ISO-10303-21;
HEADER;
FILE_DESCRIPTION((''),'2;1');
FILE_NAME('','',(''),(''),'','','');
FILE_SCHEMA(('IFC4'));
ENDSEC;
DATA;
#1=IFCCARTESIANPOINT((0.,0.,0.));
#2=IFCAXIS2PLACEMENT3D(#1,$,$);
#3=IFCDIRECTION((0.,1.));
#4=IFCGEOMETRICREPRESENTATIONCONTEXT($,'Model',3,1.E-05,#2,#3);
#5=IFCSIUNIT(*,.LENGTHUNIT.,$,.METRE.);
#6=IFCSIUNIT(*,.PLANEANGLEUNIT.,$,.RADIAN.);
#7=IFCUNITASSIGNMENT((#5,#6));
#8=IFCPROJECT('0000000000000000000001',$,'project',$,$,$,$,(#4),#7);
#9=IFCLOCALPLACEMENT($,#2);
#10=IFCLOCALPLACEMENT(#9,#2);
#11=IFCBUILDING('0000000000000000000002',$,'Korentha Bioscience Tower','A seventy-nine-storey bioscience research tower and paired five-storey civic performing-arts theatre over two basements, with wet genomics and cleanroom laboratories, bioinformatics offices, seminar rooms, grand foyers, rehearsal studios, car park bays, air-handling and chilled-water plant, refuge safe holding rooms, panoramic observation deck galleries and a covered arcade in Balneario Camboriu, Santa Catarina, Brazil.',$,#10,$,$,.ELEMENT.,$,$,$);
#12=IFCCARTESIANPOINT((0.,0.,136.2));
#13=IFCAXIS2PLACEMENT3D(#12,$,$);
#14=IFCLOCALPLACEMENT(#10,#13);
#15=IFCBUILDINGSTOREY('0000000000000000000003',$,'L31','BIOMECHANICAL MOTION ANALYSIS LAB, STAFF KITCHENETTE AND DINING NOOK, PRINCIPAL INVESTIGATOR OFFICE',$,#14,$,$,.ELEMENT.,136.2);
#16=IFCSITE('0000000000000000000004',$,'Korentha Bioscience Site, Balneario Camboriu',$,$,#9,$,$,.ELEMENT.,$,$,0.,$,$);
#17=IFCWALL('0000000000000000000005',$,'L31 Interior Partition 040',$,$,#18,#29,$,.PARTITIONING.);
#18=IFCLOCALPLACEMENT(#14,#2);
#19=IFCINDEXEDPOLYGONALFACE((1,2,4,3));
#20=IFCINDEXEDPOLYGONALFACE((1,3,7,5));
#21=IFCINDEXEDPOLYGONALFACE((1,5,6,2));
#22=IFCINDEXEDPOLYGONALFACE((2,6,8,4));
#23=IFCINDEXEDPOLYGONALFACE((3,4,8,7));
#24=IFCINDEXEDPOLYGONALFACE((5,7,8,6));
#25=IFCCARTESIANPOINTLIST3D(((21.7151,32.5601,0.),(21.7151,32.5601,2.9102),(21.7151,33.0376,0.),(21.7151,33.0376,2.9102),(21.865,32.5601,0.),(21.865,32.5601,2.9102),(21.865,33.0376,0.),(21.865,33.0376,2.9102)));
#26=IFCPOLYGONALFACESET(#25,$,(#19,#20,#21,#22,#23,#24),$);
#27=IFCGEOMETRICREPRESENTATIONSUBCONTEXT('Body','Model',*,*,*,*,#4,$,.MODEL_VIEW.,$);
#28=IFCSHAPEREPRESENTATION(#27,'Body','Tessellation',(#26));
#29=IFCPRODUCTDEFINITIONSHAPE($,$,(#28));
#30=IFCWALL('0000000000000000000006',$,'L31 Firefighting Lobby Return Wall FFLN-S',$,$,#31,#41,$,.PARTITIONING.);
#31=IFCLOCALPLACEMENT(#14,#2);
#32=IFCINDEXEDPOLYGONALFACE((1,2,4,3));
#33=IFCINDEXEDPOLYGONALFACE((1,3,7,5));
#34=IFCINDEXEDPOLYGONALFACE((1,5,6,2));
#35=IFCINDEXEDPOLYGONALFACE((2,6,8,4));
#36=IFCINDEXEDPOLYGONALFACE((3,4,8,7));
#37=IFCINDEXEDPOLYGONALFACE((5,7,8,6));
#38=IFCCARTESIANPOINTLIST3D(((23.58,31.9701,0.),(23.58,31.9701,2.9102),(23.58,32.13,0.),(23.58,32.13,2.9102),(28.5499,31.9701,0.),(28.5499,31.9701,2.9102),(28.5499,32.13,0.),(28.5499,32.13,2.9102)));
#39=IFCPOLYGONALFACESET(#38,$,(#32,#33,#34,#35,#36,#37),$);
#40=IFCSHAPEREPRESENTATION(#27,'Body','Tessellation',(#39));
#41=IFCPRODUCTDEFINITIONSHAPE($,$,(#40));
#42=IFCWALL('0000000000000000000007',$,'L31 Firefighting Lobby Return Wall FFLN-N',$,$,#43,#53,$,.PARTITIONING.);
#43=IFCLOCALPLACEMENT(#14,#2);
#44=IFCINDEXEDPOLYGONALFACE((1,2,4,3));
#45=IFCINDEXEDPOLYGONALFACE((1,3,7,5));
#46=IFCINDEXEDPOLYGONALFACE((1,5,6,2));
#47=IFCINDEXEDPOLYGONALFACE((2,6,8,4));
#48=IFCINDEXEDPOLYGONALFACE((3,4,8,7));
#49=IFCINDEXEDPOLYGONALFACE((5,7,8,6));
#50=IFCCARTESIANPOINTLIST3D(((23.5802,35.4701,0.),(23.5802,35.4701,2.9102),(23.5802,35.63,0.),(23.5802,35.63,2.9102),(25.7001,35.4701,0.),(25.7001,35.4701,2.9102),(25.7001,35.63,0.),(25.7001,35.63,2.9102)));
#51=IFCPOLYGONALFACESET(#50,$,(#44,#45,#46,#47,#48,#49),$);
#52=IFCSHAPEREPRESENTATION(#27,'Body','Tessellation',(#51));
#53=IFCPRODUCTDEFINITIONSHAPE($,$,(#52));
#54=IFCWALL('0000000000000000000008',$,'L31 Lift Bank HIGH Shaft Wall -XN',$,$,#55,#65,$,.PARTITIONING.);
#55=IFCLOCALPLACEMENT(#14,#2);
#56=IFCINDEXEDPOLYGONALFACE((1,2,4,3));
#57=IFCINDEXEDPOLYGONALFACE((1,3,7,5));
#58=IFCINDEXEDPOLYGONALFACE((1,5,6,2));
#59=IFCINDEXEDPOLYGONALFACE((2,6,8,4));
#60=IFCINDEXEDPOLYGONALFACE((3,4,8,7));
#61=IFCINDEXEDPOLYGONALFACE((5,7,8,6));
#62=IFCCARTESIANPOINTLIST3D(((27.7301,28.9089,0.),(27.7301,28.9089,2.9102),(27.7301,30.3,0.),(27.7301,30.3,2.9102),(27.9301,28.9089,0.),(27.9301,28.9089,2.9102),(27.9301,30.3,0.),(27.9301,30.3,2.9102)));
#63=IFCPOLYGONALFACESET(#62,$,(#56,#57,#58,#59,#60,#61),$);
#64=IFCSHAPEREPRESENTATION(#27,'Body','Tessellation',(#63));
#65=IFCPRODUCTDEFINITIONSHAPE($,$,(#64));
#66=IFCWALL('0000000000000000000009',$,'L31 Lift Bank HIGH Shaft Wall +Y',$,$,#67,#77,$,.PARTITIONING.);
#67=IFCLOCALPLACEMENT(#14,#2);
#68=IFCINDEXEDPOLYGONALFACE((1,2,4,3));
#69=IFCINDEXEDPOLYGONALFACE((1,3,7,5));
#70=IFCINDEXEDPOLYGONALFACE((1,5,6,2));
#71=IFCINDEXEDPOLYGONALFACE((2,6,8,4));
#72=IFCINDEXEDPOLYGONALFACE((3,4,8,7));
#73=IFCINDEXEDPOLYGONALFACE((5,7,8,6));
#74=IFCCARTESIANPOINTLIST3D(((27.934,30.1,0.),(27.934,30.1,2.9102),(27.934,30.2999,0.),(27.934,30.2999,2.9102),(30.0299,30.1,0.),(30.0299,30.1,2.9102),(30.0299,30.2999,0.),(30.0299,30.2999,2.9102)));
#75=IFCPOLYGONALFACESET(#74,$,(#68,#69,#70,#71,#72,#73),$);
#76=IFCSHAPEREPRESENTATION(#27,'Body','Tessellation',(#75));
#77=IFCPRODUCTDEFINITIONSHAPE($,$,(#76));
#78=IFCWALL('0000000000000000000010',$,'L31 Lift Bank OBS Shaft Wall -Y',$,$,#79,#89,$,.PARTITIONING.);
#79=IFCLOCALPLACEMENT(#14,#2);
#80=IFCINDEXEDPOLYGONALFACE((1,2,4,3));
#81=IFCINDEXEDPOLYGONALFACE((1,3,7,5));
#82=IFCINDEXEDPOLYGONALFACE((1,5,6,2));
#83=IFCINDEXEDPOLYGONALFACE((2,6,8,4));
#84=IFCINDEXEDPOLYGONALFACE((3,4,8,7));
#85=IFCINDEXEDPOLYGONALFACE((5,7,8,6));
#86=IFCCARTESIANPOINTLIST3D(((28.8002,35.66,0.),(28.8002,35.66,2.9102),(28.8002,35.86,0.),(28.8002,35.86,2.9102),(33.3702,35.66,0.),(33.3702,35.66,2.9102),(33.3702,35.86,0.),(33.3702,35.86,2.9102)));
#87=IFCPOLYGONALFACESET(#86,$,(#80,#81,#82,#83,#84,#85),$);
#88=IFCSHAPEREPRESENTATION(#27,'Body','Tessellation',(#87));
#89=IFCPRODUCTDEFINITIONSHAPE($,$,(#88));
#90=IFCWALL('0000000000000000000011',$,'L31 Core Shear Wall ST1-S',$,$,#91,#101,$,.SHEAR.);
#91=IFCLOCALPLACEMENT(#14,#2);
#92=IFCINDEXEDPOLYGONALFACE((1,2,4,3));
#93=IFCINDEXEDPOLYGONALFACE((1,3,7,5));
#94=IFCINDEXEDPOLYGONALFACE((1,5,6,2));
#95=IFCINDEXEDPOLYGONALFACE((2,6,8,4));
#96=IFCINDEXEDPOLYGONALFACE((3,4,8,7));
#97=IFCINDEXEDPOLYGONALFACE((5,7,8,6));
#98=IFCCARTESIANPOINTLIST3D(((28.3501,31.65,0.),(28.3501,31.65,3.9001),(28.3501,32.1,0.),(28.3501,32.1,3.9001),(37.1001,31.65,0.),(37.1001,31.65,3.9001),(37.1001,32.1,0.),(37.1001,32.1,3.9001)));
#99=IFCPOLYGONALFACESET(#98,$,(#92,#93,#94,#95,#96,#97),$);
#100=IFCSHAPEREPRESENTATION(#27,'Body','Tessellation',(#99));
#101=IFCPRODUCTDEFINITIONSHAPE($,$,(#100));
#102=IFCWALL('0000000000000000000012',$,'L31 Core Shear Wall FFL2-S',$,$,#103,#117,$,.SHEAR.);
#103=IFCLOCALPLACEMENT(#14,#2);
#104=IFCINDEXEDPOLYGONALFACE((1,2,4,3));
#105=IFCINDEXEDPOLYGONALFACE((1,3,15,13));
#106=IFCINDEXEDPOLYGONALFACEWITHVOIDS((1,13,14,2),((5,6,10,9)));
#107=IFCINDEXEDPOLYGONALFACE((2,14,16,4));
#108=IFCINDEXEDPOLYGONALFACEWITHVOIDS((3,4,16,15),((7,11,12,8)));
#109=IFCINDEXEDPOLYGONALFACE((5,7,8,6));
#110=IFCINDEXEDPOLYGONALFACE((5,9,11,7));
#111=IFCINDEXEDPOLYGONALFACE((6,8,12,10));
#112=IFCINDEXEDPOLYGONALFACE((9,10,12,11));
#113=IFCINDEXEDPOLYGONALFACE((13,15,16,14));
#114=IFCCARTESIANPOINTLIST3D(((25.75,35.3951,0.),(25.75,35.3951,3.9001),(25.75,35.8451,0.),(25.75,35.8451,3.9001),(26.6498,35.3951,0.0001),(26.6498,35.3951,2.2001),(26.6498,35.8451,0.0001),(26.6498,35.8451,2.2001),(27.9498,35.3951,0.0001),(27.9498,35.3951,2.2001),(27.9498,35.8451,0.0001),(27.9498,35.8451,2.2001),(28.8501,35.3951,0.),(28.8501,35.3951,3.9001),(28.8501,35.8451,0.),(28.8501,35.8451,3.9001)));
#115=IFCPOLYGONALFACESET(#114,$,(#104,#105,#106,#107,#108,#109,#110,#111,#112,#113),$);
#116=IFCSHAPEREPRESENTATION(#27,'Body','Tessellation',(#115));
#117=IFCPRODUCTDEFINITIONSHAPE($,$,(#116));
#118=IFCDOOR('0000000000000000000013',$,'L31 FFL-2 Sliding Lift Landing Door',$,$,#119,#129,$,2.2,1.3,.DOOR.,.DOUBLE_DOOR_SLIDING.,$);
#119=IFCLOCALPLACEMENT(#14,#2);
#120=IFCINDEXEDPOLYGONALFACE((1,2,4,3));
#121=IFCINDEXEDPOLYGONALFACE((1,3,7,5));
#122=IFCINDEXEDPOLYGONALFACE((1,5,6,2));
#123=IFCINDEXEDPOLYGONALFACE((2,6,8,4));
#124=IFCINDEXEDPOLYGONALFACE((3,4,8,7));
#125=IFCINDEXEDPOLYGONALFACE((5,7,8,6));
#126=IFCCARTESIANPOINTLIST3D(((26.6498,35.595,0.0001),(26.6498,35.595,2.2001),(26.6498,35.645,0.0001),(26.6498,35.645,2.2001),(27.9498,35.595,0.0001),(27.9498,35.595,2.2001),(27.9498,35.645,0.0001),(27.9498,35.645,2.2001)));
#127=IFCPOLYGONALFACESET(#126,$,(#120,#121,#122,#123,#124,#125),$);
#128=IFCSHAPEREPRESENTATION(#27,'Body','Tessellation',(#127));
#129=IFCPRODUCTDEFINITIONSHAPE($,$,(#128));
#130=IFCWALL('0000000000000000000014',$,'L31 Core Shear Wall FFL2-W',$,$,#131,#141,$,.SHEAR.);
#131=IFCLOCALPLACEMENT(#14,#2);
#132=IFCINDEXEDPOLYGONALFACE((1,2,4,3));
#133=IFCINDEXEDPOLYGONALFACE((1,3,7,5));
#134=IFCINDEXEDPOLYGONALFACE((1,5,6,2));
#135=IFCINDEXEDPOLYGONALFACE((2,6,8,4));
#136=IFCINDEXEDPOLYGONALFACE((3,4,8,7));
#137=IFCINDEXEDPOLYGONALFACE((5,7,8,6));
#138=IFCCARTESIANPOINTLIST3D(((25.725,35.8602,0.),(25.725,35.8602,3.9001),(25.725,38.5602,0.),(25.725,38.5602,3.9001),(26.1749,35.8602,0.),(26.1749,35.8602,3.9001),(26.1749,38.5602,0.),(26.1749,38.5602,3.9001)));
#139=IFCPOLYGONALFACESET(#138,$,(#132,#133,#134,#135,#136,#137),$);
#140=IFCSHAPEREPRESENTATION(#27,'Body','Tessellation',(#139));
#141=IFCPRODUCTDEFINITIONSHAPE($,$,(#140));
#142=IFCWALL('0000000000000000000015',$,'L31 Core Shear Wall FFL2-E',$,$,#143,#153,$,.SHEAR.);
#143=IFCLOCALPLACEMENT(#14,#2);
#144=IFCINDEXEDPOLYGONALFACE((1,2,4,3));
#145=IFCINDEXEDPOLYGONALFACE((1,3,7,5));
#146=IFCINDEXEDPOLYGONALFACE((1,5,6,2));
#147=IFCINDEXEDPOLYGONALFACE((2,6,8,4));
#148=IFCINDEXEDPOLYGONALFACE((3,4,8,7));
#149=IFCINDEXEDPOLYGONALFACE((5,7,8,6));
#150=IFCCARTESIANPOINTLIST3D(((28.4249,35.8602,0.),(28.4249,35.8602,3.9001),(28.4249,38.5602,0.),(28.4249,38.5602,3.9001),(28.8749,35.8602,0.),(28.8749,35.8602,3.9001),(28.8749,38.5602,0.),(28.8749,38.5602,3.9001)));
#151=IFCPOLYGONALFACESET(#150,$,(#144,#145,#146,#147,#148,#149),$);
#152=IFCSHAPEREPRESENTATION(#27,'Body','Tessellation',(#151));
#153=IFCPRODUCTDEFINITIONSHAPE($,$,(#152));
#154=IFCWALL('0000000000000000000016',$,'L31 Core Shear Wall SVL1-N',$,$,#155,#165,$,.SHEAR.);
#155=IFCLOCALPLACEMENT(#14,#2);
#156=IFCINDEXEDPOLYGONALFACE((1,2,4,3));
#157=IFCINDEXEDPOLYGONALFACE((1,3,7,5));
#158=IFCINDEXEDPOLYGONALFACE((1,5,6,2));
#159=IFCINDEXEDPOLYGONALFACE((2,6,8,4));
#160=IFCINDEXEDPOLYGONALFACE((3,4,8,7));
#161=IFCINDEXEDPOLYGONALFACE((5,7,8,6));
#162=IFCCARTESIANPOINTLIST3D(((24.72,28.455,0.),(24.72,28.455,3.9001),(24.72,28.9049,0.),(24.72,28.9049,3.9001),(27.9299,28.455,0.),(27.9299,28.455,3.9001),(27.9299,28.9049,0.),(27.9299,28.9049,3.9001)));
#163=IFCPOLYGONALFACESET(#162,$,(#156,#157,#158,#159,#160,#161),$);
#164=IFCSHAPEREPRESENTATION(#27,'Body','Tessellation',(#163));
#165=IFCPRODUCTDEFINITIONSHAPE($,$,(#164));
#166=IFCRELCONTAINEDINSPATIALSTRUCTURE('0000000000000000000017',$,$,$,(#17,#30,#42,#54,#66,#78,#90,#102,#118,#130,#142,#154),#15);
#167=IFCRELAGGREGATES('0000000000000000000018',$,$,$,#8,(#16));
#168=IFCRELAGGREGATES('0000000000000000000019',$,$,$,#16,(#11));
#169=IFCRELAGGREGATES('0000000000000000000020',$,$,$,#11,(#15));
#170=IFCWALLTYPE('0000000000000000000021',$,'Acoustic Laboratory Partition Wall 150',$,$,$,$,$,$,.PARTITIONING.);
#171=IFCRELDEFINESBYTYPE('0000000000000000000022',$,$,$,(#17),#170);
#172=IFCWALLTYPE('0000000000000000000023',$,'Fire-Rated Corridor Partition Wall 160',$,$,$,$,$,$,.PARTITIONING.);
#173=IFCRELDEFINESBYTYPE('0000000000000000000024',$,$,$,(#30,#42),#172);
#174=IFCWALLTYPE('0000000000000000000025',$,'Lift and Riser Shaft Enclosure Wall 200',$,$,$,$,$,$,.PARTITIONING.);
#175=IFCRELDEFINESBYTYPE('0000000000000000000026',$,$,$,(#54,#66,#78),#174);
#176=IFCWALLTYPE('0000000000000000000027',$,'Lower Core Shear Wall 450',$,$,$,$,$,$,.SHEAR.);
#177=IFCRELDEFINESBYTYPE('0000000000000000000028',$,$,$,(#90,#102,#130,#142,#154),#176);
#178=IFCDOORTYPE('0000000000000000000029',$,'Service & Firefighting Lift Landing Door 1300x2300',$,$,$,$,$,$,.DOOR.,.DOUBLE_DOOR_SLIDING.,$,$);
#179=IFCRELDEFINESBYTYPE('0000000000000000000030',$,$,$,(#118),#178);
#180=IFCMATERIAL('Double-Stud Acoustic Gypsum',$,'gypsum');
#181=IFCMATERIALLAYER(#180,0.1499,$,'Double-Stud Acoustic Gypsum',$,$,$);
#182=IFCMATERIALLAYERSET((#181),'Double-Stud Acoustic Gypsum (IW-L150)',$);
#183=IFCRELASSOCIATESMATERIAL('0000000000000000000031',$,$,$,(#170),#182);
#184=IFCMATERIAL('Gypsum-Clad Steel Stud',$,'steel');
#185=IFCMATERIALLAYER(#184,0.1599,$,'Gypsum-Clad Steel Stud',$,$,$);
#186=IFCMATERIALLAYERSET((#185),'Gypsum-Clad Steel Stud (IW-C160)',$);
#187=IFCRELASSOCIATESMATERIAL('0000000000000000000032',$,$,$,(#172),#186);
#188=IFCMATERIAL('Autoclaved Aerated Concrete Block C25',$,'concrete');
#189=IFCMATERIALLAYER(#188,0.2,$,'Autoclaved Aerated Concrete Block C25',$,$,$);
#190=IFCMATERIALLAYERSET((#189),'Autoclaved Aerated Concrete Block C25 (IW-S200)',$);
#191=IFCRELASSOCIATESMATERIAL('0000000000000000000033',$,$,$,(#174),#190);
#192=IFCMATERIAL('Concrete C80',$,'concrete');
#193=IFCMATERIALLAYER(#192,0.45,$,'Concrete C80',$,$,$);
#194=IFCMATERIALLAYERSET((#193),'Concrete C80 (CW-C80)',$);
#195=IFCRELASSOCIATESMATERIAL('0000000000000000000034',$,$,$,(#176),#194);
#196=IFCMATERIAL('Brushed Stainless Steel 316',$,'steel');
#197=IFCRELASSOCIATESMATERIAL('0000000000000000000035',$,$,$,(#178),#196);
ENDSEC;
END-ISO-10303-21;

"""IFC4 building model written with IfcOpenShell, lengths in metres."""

from ifc_helpers import new_model, si_unit, direction, frame, frame_2d, origin, place, context, subcontext, project, spatial, rectangle, extrude, material, layer, layer_set, type_object, element, fill, save


model = new_model("IFC4")

# Units and contexts
model_context = context("Model", 3, precision=1e-05, world=origin(), true_north=direction((0.0, 1.0)))
body_context = subcontext(model_context, "Body", "Model", "MODEL_VIEW")
ifc_project = project(units=[si_unit("LENGTHUNIT", "METRE"), si_unit("PLANEANGLEUNIT", "RADIAN")], contexts=[model_context])

# Site, building, storey
site_placement = place(None, origin())
site = spatial("IfcSite", under=ifc_project, at=site_placement, Name="Korentha Bioscience Site, Balneario Camboriu", CompositionType="ELEMENT", RefElevation=0.0)
building_placement = place(site_placement, origin())
building = spatial("IfcBuilding", under=site, at=building_placement, Name="Korentha Bioscience Tower", Description="A seventy-nine-storey bioscience research tower and paired five-storey civic performing-arts theatre over two basements, with wet genomics and cleanroom laboratories, bioinformatics offices, seminar rooms, grand foyers, rehearsal studios, car park bays, air-handling and chilled-water plant, refuge safe holding rooms, panoramic observation deck galleries and a covered arcade in Balneario Camboriu, Santa Catarina, Brazil.", CompositionType="ELEMENT")
storey_placement = place(building_placement, frame((0.0, 0.0, 136.2)))
storey = spatial("IfcBuildingStorey", under=building, at=storey_placement, Name="L31", Description="BIOMECHANICAL MOTION ANALYSIS LAB, STAFF KITCHENETTE AND DINING NOOK, PRINCIPAL INVESTIGATOR OFFICE", CompositionType="ELEMENT", Elevation=136.2)

# Wall
ifc_material_1 = material(Name="Double-Stud Acoustic Gypsum", Category="gypsum")
ifc_layer_1 = layer(ifc_material_1, 0.1499, Name="Double-Stud Acoustic Gypsum")
ifc_layer_set_1 = layer_set([ifc_layer_1], Name="Double-Stud Acoustic Gypsum (IW-L150)")
wall_type_1 = type_object("IfcWallType", Name="Acoustic Laboratory Partition Wall 150", PredefinedType="PARTITIONING", material=ifc_layer_set_1)
wall_1_placement = place(storey_placement, frame((21.79, 33.0376, 0.0), z_axis=(0.0, 0.0, 1.0), x_axis=(0.0, -1.0, 0.0)))
element("IfcWall", 1, at=wall_1_placement, inside=storey, type_object=wall_type_1, Name="L31 Interior Partition 040", PredefinedType="PARTITIONING", context=body_context, shape_type="SweptSolid", body=[
    extrude(rectangle(XDim=0.4775, YDim=0.1499, at=frame_2d((0.2388, 0.0))), origin(), (0.0, 0.0, 1.0), 2.9102),
])

# Shared definitions
ifc_material_2 = material(Name="Gypsum-Clad Steel Stud", Category="steel")
ifc_layer_2 = layer(ifc_material_2, 0.1599, Name="Gypsum-Clad Steel Stud")
ifc_layer_set_2 = layer_set([ifc_layer_2], Name="Gypsum-Clad Steel Stud (IW-C160)")
wall_type_2 = type_object("IfcWallType", Name="Fire-Rated Corridor Partition Wall 160", PredefinedType="PARTITIONING", material=ifc_layer_set_2)

# Walls
wall_2_placement = place(storey_placement, frame((23.5801, 32.05, 0.0), z_axis=(0.0, 0.0, 1.0), x_axis=(1.0, 0.0, 0.0)))
element("IfcWall", 2, at=wall_2_placement, inside=storey, type_object=wall_type_2, Name="L31 Firefighting Lobby Return Wall FFLN-S", PredefinedType="PARTITIONING", context=body_context, shape_type="SweptSolid", body=[
    extrude(rectangle(XDim=4.97, YDim=0.1599, at=frame_2d((2.4849, 0.0))), origin(), (0.0, 0.0, 1.0), 2.9102),
])
wall_3_placement = place(storey_placement, frame((23.5801, 35.55, 0.0), z_axis=(0.0, 0.0, 1.0), x_axis=(1.0, 0.0, 0.0)))
element("IfcWall", 3, at=wall_3_placement, inside=storey, type_object=wall_type_2, Name="L31 Firefighting Lobby Return Wall FFLN-N", PredefinedType="PARTITIONING", context=body_context, shape_type="SweptSolid", body=[
    extrude(rectangle(XDim=2.1199, YDim=0.1599, at=frame_2d((1.0601, 0.0))), origin(), (0.0, 0.0, 1.0), 2.9102),
])
ifc_material_3 = material(Name="Autoclaved Aerated Concrete Block C25", Category="concrete")
ifc_layer_3 = layer(ifc_material_3, 0.2, Name="Autoclaved Aerated Concrete Block C25")
ifc_layer_set_3 = layer_set([ifc_layer_3], Name="Autoclaved Aerated Concrete Block C25 (IW-S200)")
wall_type_3 = type_object("IfcWallType", Name="Lift and Riser Shaft Enclosure Wall 200", PredefinedType="PARTITIONING", material=ifc_layer_set_3)
wall_4_placement = place(storey_placement, frame((27.8301, 28.9089, 0.0), z_axis=(0.0, 0.0, 1.0), x_axis=(0.0, 1.0, 0.0)))
element("IfcWall", 4, at=wall_4_placement, inside=storey, type_object=wall_type_3, Name="L31 Lift Bank HIGH Shaft Wall -XN", PredefinedType="PARTITIONING", context=body_context, shape_type="SweptSolid", body=[
    extrude(rectangle(XDim=1.3911, YDim=0.2, at=frame_2d((0.6956, 0.0))), origin(), (0.0, 0.0, 1.0), 2.9102),
])
wall_5_placement = place(storey_placement, frame((27.9341, 30.2, 0.0), z_axis=(0.0, 0.0, 1.0), x_axis=(1.0, 0.0, 0.0)))
element("IfcWall", 5, at=wall_5_placement, inside=storey, type_object=wall_type_3, Name="L31 Lift Bank HIGH Shaft Wall +Y", PredefinedType="PARTITIONING", context=body_context, shape_type="SweptSolid", body=[
    extrude(rectangle(XDim=2.0959, YDim=0.2, at=frame_2d((1.0479, 0.0))), origin(), (0.0, 0.0, 1.0), 2.9102),
])
wall_6_placement = place(storey_placement, frame((28.8, 35.76, 0.0), z_axis=(0.0, 0.0, 1.0), x_axis=(1.0, 0.0, 0.0)))
element("IfcWall", 6, at=wall_6_placement, inside=storey, type_object=wall_type_3, Name="L31 Lift Bank OBS Shaft Wall -Y", PredefinedType="PARTITIONING", context=body_context, shape_type="SweptSolid", body=[
    extrude(rectangle(XDim=4.5701, YDim=0.2, at=frame_2d((2.2852, 0.0))), origin(), (0.0, 0.0, 1.0), 2.9102),
])
ifc_material_4 = material(Name="Concrete C80", Category="concrete")
ifc_layer_4 = layer(ifc_material_4, 0.45, Name="Concrete C80")
ifc_layer_set_4 = layer_set([ifc_layer_4], Name="Concrete C80 (CW-C80)")
wall_type_4 = type_object("IfcWallType", Name="Lower Core Shear Wall 450", PredefinedType="SHEAR", material=ifc_layer_set_4)
wall_7_placement = place(storey_placement, frame((28.3501, 31.875, 0.0), z_axis=(0.0, 0.0, 1.0), x_axis=(1.0, 0.0, 0.0)))
element("IfcWall", 7, at=wall_7_placement, inside=storey, type_object=wall_type_4, Name="L31 Core Shear Wall ST1-S", PredefinedType="SHEAR", context=body_context, shape_type="SweptSolid", body=[
    extrude(rectangle(XDim=8.75, YDim=0.45, at=frame_2d((4.375, 0.0))), origin(), (0.0, 0.0, 1.0), 3.9001),
])

# Wall, opening, door
wall_8_placement = place(storey_placement, frame((25.75, 35.6201, 0.0), z_axis=(0.0, 0.0, 1.0), x_axis=(1.0, 0.0, 0.0)))
wall_8 = element("IfcWall", 8, at=wall_8_placement, inside=storey, type_object=wall_type_4, Name="L31 Core Shear Wall FFL2-S", PredefinedType="SHEAR", context=body_context, shape_type="SweptSolid", body=[
    extrude(rectangle(XDim=3.1001, YDim=0.45, at=frame_2d((1.55, 0.0))), origin(), (0.0, 0.0, 1.0), 3.9001),
])
opening_1_placement = place(wall_8_placement, frame((0.8999, 0.0, 0.0)))
opening_1 = element("IfcOpeningElement", 9, at=opening_1_placement, cuts=wall_8, PredefinedType="OPENING", context=body_context, shape_type="SweptSolid", body=[
    extrude(rectangle(XDim=1.3, YDim=2.2, at=frame_2d((0.6499, 1.1001))), frame((0.0, 0.2397, 0.0), z_axis=(0.0, -1.0, 0.0), x_axis=(1.0, 0.0, 0.0)), (0.0, 0.0, 1.0), 0.4797),
])
ifc_material_5 = material(Name="Brushed Stainless Steel 316", Category="steel")
door_type_1 = type_object("IfcDoorType", Name="Service & Firefighting Lift Landing Door 1300x2300", OperationType="DOUBLE_DOOR_SLIDING", PredefinedType="DOOR", material=ifc_material_5)
door_1_placement = place(opening_1_placement, origin())
door_1 = element("IfcDoor", 10, at=door_1_placement, inside=storey, type_object=door_type_1, Name="L31 FFL-2 Sliding Lift Landing Door", OperationType="DOUBLE_DOOR_SLIDING", OverallHeight=2.2, OverallWidth=1.3, PredefinedType="DOOR", context=body_context, shape_type="SweptSolid", body=[
    extrude(rectangle(XDim=1.3, YDim=2.2, at=frame_2d((0.6499, 1.1001))), frame((0.0, 0.0249, 0.0), z_axis=(0.0, -1.0, 0.0), x_axis=(1.0, 0.0, 0.0)), (0.0, 0.0, 1.0), 0.05),
])
fill(opening_1, door_1)

# Walls
for number, where, z_axis, x_axis, name in (
    (11, (25.95, 35.8601, 0.0), (0.0, 0.0, 1.0), (0.0, 1.0, 0.0), "L31 Core Shear Wall FFL2-W"),
    (12, (28.6499, 35.8601, 0.0), (0.0, 0.0, 1.0), (0.0, 1.0, 0.0), "L31 Core Shear Wall FFL2-E"),
):
    element("IfcWall", number, at=place(storey_placement, frame(where, z_axis=z_axis, x_axis=x_axis)), inside=storey, type_object=wall_type_4, Name=name, PredefinedType="SHEAR", context=body_context, shape_type="SweptSolid", body=[
        extrude(rectangle(XDim=2.7, YDim=0.45, at=frame_2d((1.3501, 0.0))), origin(), (0.0, 0.0, 1.0), 3.9001),
    ])
wall_9_placement = place(storey_placement, frame((24.72, 28.6799, 0.0), z_axis=(0.0, 0.0, 1.0), x_axis=(1.0, 0.0, 0.0)))
element("IfcWall", 13, at=wall_9_placement, inside=storey, type_object=wall_type_4, Name="L31 Core Shear Wall SVL1-N", PredefinedType="SHEAR", context=body_context, shape_type="SweptSolid", body=[
    extrude(rectangle(XDim=3.21, YDim=0.45, at=frame_2d((1.605, 0.0))), origin(), (0.0, 0.0, 1.0), 3.9001),
])

save(model, "model.ifc")
